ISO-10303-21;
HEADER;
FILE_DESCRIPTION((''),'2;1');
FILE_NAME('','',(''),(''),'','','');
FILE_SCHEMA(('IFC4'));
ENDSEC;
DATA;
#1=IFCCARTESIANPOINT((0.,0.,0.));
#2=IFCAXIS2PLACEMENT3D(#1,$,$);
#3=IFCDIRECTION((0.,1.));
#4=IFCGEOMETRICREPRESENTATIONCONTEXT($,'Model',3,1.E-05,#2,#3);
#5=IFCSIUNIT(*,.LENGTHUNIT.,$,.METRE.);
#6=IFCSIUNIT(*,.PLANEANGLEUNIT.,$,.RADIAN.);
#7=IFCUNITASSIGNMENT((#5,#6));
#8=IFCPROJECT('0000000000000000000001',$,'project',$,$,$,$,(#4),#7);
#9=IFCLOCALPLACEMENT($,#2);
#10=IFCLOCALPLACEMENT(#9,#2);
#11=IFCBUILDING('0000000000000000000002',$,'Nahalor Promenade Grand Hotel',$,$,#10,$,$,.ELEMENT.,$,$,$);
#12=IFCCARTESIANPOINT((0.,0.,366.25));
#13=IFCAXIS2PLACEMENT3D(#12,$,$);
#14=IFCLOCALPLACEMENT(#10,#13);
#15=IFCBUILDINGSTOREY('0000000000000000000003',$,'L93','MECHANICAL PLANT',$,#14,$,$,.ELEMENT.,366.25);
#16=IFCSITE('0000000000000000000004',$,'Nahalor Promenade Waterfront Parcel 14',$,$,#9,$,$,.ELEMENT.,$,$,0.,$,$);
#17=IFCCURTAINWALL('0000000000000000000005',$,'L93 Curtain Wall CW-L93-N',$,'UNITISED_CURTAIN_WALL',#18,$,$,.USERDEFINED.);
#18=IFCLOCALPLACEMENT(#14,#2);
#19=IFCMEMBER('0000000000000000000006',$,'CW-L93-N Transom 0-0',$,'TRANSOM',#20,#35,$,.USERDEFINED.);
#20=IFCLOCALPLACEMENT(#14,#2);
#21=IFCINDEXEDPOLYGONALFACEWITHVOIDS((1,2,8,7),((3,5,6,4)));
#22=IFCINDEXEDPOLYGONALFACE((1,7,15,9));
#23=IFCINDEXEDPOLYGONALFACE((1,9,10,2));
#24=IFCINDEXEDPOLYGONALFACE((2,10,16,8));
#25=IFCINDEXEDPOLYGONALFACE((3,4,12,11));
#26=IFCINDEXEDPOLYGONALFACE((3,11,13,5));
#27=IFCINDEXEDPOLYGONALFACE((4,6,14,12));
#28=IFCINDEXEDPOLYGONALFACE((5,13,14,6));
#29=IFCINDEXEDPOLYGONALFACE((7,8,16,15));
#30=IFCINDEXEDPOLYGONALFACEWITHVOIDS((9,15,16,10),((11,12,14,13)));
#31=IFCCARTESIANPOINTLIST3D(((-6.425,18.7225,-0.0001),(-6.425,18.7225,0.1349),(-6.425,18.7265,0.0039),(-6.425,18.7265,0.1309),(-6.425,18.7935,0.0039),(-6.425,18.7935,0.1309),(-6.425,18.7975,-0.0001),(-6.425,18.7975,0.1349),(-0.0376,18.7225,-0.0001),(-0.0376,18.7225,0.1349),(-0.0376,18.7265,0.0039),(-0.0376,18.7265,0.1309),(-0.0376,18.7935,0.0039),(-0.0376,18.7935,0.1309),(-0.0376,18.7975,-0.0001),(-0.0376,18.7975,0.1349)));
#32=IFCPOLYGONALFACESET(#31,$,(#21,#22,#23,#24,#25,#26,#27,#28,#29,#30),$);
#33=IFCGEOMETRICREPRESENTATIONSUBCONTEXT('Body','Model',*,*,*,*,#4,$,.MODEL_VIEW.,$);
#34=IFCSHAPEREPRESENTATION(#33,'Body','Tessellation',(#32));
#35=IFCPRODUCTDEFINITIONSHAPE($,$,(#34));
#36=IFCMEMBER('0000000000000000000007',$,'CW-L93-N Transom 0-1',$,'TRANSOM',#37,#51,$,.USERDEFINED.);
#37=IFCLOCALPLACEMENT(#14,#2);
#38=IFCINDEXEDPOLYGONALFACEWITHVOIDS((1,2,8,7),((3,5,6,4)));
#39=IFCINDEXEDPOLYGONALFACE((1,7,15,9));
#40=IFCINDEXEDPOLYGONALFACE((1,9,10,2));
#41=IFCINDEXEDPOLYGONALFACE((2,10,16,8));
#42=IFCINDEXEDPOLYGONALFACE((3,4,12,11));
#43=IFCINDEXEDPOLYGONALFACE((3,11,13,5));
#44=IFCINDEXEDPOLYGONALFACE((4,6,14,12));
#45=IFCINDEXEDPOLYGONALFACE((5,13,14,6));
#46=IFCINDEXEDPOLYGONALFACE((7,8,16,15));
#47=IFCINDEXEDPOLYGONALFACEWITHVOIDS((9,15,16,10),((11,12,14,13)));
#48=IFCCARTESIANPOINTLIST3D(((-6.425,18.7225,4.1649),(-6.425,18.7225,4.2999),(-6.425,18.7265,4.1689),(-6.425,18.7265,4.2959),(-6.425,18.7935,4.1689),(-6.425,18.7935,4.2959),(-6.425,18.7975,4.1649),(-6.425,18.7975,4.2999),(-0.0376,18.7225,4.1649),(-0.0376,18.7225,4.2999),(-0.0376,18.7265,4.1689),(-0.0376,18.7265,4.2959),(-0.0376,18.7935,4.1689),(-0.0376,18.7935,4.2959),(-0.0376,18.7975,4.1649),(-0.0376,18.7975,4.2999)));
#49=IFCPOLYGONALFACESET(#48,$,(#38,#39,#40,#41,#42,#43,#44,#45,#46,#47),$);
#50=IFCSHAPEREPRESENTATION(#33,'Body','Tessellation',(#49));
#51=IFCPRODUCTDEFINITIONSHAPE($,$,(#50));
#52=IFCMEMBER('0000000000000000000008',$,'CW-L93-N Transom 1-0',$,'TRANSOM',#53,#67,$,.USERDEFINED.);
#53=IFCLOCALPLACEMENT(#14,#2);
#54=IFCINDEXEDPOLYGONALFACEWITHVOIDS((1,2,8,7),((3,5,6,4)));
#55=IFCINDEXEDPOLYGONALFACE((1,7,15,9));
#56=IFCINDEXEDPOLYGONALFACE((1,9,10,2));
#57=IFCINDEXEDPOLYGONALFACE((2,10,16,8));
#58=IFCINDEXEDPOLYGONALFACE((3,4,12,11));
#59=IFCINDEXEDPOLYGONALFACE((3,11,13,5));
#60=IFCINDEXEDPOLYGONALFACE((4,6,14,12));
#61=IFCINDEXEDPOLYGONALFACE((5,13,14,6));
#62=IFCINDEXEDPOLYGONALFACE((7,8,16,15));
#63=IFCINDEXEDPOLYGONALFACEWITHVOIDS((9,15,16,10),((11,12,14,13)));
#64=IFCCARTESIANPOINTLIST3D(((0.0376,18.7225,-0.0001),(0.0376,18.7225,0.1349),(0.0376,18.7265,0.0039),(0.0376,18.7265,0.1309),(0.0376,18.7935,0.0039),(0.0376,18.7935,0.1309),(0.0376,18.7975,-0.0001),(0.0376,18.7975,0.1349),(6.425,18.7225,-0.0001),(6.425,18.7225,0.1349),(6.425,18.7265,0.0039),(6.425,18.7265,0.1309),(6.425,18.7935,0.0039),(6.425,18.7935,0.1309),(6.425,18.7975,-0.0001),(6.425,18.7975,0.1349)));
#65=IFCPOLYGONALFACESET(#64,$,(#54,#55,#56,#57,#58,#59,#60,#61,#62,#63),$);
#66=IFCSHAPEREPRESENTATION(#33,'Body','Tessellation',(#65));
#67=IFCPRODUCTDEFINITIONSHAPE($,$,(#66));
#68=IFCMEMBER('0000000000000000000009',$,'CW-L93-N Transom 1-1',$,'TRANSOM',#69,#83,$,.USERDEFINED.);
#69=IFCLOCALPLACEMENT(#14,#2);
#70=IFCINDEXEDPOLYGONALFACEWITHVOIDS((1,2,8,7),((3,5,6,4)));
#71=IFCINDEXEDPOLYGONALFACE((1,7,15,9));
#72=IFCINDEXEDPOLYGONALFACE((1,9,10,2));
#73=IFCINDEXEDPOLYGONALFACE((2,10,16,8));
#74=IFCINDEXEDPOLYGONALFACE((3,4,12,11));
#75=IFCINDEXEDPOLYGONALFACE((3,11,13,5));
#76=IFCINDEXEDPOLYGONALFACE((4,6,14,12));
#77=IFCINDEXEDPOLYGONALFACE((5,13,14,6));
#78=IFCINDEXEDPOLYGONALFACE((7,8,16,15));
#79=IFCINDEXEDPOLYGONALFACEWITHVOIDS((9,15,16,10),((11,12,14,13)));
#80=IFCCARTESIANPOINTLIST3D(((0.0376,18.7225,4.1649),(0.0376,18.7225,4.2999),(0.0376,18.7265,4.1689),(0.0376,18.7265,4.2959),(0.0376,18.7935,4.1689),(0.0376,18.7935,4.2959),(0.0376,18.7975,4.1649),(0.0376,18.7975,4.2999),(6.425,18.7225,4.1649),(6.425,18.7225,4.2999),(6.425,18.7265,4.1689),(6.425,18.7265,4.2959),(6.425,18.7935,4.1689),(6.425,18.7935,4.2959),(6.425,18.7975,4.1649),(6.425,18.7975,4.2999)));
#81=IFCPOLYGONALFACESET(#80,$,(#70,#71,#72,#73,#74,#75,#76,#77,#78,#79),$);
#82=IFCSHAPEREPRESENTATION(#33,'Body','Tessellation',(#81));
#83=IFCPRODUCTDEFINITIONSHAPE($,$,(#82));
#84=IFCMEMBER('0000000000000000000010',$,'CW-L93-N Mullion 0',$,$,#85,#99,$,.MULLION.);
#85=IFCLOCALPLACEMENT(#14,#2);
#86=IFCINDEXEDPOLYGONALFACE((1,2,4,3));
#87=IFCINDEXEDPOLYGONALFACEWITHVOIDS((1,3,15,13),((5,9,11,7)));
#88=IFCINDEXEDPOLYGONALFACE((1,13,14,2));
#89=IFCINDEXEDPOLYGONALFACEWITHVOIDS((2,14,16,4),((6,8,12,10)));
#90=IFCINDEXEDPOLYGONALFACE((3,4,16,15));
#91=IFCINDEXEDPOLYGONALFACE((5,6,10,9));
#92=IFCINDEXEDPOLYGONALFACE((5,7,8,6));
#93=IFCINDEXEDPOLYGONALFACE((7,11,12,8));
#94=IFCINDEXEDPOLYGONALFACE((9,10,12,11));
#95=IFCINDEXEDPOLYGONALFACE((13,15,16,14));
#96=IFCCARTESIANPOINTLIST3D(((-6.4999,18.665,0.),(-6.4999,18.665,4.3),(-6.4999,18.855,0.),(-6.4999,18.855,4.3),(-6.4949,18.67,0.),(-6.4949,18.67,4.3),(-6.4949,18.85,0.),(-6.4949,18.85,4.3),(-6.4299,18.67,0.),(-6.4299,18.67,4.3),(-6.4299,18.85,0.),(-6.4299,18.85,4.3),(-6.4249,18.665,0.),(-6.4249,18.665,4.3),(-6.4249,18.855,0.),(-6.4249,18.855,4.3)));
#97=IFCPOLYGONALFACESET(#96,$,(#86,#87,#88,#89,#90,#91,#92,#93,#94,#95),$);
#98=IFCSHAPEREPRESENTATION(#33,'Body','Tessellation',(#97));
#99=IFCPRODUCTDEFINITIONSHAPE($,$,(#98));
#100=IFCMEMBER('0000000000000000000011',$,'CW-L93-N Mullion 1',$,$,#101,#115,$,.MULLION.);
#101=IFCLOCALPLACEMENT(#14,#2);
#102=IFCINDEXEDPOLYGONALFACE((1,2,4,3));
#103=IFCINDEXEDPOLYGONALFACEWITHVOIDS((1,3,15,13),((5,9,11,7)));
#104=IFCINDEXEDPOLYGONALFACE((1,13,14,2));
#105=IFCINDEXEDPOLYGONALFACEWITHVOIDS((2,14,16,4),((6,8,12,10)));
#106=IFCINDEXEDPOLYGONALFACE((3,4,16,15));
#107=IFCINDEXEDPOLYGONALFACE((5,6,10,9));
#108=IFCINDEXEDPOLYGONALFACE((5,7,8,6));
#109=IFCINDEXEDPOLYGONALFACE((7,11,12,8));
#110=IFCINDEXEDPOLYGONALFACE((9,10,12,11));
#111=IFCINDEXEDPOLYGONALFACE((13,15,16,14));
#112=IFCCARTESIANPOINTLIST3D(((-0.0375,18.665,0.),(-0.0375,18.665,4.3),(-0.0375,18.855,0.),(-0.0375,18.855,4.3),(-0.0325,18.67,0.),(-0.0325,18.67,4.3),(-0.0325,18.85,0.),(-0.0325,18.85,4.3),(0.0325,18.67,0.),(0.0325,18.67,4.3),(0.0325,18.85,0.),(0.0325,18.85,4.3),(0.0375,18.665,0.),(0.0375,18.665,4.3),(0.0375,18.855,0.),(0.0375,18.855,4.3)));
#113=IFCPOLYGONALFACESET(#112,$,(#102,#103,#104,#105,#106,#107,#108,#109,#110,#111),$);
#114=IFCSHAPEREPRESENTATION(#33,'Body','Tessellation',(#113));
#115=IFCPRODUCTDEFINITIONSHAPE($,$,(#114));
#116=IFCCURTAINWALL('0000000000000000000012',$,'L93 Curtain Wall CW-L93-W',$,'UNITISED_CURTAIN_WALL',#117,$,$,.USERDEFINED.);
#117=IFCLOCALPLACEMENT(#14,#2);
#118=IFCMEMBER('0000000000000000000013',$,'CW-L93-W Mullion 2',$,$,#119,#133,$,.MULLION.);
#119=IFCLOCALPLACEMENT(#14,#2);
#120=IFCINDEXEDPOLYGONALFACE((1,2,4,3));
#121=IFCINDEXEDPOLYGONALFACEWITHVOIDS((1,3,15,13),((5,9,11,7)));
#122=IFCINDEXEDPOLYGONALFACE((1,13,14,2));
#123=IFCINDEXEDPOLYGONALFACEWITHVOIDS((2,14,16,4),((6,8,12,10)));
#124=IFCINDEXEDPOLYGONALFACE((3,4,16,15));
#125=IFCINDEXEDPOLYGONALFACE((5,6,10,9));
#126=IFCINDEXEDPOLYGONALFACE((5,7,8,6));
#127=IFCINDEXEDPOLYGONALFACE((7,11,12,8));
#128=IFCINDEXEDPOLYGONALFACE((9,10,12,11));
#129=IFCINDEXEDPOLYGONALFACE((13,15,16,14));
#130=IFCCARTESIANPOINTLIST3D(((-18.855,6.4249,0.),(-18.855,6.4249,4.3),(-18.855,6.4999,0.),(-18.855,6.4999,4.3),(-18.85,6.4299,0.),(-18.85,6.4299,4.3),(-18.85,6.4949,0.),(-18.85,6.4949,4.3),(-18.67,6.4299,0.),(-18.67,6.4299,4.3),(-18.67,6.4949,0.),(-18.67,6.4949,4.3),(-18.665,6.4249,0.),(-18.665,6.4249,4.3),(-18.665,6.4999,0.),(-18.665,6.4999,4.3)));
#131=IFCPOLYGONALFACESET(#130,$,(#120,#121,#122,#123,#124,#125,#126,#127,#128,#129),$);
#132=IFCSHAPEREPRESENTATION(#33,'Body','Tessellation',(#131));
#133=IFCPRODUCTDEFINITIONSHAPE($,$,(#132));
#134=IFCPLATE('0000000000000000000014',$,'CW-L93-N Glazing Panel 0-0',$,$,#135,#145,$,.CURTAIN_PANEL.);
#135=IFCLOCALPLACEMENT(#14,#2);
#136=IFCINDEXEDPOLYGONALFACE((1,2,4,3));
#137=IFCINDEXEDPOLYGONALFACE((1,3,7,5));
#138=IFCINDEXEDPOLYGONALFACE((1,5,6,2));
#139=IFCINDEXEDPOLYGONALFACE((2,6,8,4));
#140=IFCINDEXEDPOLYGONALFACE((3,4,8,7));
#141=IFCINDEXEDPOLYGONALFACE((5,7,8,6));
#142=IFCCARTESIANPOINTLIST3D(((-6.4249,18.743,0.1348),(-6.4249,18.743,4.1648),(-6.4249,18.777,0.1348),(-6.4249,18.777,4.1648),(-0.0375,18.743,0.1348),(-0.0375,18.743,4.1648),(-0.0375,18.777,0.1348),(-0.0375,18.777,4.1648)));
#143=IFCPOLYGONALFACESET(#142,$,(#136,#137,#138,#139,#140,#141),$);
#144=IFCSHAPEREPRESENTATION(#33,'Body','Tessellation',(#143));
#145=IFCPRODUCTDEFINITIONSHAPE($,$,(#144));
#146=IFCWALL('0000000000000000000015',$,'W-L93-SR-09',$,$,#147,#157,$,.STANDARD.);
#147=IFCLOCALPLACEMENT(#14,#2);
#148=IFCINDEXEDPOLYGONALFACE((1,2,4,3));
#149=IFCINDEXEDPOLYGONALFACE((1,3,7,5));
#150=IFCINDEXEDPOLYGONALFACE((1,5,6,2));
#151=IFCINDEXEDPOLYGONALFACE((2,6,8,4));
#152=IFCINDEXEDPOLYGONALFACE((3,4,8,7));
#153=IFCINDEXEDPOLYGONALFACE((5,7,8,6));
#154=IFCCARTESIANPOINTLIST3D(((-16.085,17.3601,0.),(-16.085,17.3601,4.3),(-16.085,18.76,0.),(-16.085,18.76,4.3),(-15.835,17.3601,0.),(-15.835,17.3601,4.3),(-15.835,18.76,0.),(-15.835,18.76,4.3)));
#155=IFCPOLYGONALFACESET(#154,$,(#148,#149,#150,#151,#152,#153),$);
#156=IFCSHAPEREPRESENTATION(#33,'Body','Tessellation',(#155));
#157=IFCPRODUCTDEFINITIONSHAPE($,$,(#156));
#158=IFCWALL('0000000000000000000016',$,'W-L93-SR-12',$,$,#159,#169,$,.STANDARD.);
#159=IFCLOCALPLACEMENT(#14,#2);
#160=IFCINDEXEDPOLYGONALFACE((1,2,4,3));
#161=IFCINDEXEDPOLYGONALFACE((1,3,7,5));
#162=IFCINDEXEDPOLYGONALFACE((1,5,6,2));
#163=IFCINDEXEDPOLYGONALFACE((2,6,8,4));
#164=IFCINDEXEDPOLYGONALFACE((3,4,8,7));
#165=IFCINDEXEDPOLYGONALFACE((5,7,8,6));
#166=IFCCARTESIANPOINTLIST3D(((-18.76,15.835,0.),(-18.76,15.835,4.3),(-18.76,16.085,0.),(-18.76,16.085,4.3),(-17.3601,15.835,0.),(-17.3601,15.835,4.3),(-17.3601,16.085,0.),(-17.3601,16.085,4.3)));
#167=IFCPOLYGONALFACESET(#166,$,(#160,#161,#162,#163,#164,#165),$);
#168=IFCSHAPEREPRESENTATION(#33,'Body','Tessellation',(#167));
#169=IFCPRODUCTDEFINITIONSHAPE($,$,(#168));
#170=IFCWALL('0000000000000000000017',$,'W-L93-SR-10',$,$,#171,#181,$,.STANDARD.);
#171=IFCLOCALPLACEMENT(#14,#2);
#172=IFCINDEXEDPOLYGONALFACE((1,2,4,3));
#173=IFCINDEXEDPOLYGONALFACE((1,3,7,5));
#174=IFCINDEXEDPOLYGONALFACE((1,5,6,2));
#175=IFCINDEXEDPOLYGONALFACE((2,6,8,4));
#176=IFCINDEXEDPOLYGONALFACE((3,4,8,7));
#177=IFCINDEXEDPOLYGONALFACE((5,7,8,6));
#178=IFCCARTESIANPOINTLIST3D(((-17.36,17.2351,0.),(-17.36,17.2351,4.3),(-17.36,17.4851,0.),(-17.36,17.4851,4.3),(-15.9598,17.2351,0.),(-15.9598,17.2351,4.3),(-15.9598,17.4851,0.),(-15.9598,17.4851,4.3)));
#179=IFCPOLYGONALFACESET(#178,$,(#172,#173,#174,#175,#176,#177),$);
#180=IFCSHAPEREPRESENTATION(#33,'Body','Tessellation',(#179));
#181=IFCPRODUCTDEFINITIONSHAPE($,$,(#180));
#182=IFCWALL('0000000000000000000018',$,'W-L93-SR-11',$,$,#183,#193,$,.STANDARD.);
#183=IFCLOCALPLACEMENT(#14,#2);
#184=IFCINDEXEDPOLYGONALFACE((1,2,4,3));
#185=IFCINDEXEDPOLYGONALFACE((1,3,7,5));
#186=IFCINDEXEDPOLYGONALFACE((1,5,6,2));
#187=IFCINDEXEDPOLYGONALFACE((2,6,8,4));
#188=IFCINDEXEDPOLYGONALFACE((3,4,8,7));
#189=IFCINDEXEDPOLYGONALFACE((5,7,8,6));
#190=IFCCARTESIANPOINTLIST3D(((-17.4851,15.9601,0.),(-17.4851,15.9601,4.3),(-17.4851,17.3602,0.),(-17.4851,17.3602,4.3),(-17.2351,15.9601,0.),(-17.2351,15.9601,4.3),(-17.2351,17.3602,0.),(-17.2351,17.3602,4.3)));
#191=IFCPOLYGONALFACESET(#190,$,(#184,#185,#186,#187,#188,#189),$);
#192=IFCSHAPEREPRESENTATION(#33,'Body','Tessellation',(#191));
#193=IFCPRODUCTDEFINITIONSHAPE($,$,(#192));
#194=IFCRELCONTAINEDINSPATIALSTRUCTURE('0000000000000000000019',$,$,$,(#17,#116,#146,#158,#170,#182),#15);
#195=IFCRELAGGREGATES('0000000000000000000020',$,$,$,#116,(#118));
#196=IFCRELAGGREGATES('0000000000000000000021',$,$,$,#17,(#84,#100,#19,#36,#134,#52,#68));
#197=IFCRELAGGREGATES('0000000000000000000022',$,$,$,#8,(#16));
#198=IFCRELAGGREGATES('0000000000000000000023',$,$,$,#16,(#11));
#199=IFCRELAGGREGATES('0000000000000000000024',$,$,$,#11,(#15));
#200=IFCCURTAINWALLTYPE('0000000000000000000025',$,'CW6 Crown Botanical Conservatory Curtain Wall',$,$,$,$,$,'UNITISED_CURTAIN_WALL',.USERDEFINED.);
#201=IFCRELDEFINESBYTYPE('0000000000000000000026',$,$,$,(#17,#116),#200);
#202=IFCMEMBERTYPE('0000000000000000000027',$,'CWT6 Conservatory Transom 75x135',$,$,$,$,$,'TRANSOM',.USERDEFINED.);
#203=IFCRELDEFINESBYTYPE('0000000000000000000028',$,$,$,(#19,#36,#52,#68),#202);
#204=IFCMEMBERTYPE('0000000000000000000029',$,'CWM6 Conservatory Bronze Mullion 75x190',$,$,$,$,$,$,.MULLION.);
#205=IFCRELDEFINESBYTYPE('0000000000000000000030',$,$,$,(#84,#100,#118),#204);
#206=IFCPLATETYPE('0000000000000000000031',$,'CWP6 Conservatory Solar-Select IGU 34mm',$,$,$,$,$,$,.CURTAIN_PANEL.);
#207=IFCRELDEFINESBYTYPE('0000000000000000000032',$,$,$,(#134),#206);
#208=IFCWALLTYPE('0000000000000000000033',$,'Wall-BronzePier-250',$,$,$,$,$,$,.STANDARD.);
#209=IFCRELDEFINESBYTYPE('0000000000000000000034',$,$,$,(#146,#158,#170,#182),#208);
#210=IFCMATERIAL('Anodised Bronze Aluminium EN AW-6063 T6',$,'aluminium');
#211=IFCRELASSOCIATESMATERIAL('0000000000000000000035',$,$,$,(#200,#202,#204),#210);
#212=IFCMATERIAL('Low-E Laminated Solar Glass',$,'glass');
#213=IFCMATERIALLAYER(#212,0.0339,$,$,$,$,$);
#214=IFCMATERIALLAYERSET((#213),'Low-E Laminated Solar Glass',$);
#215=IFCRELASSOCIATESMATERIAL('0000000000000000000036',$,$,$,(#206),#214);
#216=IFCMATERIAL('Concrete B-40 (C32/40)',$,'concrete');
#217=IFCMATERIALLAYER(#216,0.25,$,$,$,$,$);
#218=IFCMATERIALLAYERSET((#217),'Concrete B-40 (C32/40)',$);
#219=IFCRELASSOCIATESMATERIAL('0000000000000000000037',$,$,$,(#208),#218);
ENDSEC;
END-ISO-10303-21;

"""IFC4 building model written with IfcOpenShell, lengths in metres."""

from ifc_helpers import new_model, si_unit, direction, frame, frame_2d, origin, origin_2d, place, context, subcontext, project, spatial, rectangle, hollow_rectangle, extrude, source, transform, mapped, material, layer, layer_set, material_profile, profile_set, type_object, element, aggregate, save


model = new_model("IFC4")

# Units and contexts
model_context = context("Model", 3, precision=1e-05, world=origin(), true_north=direction((0.0, 1.0)))
body_context = subcontext(model_context, "Body", "Model", "MODEL_VIEW")
ifc_project = project(units=[si_unit("LENGTHUNIT", "METRE"), si_unit("PLANEANGLEUNIT", "RADIAN")], contexts=[model_context])

# Site, building, storey
site_placement = place(None, origin())
site = spatial("IfcSite", under=ifc_project, at=site_placement, Name="Nahalor Promenade Waterfront Parcel 14", CompositionType="ELEMENT", RefElevation=0.0)
building_placement = place(site_placement, origin())
building = spatial("IfcBuilding", under=site, at=building_placement, Name="Nahalor Promenade Grand Hotel", CompositionType="ELEMENT")
storey_placement = place(building_placement, frame((0.0, 0.0, 366.25)))
storey = spatial("IfcBuildingStorey", under=building, at=storey_placement, Name="L93", Description="MECHANICAL PLANT", CompositionType="ELEMENT", Elevation=366.25)

# Curtain wall, members
ifc_material_1 = material(Name="Anodised Bronze Aluminium EN AW-6063 T6", Category="aluminium")
curtain_wall_type = type_object("IfcCurtainWallType", Name="CW6 Crown Botanical Conservatory Curtain Wall", ElementType="UNITISED_CURTAIN_WALL", PredefinedType="USERDEFINED", material=ifc_material_1)
curtain_wall_1_placement = place(storey_placement, origin())
curtain_wall_1 = element("IfcCurtainWall", 1, at=curtain_wall_1_placement, inside=storey, type_object=curtain_wall_type, Name="L93 Curtain Wall CW-L93-N", ObjectType="UNITISED_CURTAIN_WALL", PredefinedType="USERDEFINED")
ifc_material_profile_1 = material_profile(ifc_material_1, hollow_rectangle(XDim=0.075, YDim=0.135, WallThickness=0.004, at=origin_2d()), Name="CWT 75x135x4")
ifc_profile_set_1 = profile_set([ifc_material_profile_1], Name="Anodised Bronze Aluminium EN AW-6063 T6")
member_type_1 = type_object("IfcMemberType", Name="CWT6 Conservatory Transom 75x135", ElementType="TRANSOM", PredefinedType="USERDEFINED", material=ifc_profile_set_1)
shared_shape_1 = source(origin(), body_context, "Body", "SweptSolid", [
    extrude(hollow_rectangle(XDim=0.075, YDim=0.135, WallThickness=0.004, at=origin_2d()), origin(), (0.0, 0.0, 1.0), 6.3875),
])
member_1_placement = place(storey_placement, frame((-6.425, 18.76, 0.0674), z_axis=(1.0, 0.0, 0.0), x_axis=(0.0, 1.0, 0.0)))
member_1 = element("IfcMember", 2, at=member_1_placement, type_object=member_type_1, Name="CW-L93-N Transom 0-0", ObjectType="TRANSOM", PredefinedType="USERDEFINED", context=body_context, shape_type="MappedRepresentation", body=[
    mapped(shared_shape_1, transform((0.0, 0.0, 0.0), scale=1.0)),
])
member_2_placement = place(storey_placement, frame((-6.425, 18.76, 4.2324), z_axis=(1.0, 0.0, 0.0), x_axis=(0.0, 1.0, 0.0)))
member_2 = element("IfcMember", 3, at=member_2_placement, type_object=member_type_1, Name="CW-L93-N Transom 0-1", ObjectType="TRANSOM", PredefinedType="USERDEFINED", context=body_context, shape_type="MappedRepresentation", body=[
    mapped(shared_shape_1, transform((0.0, 0.0, 0.0), scale=1.0)),
])
member_3_placement = place(storey_placement, frame((0.0376, 18.76, 0.0674), z_axis=(1.0, 0.0, 0.0), x_axis=(0.0, 1.0, 0.0)))
member_3 = element("IfcMember", 4, at=member_3_placement, type_object=member_type_1, Name="CW-L93-N Transom 1-0", ObjectType="TRANSOM", PredefinedType="USERDEFINED", context=body_context, shape_type="MappedRepresentation", body=[
    mapped(shared_shape_1, transform((0.0, 0.0, 0.0), scale=1.0)),
])
member_4_placement = place(storey_placement, frame((0.0376, 18.76, 4.2324), z_axis=(1.0, 0.0, 0.0), x_axis=(0.0, 1.0, 0.0)))
member_4 = element("IfcMember", 5, at=member_4_placement, type_object=member_type_1, Name="CW-L93-N Transom 1-1", ObjectType="TRANSOM", PredefinedType="USERDEFINED", context=body_context, shape_type="MappedRepresentation", body=[
    mapped(shared_shape_1, transform((0.0, 0.0, 0.0), scale=1.0)),
])
ifc_material_profile_2 = material_profile(ifc_material_1, hollow_rectangle(XDim=0.075, YDim=0.19, WallThickness=0.005, at=origin_2d()), Name="CWM 75x190x5")
ifc_profile_set_2 = profile_set([ifc_material_profile_2], Name="Anodised Bronze Aluminium EN AW-6063 T6")
member_type_2 = type_object("IfcMemberType", Name="CWM6 Conservatory Bronze Mullion 75x190", PredefinedType="MULLION", material=ifc_profile_set_2)
shared_shape_2 = source(origin(), body_context, "Body", "SweptSolid", [
    extrude(hollow_rectangle(XDim=0.075, YDim=0.19, WallThickness=0.005, at=origin_2d()), origin(), (0.0, 0.0, 1.0), 4.3),
])
member_5_placement = place(storey_placement, frame((-6.4624, 18.76, 0.0), z_axis=(0.0, 0.0, 1.0), x_axis=(1.0, 0.0, 0.0)))
member_5 = element("IfcMember", 6, at=member_5_placement, type_object=member_type_2, Name="CW-L93-N Mullion 0", PredefinedType="MULLION", context=body_context, shape_type="MappedRepresentation", body=[
    mapped(shared_shape_2, transform((0.0, 0.0, 0.0), scale=1.0)),
])
member_6_placement = place(storey_placement, frame((0.0, 18.76, 0.0), z_axis=(0.0, 0.0, 1.0), x_axis=(1.0, 0.0, 0.0)))
member_6 = element("IfcMember", 7, at=member_6_placement, type_object=member_type_2, Name="CW-L93-N Mullion 1", PredefinedType="MULLION", context=body_context, shape_type="MappedRepresentation", body=[
    mapped(shared_shape_2, transform((0.0, 0.0, 0.0), scale=1.0)),
])

# Curtain wall, member
curtain_wall_2_placement = place(storey_placement, origin())
curtain_wall_2 = element("IfcCurtainWall", 8, at=curtain_wall_2_placement, inside=storey, type_object=curtain_wall_type, Name="L93 Curtain Wall CW-L93-W", ObjectType="UNITISED_CURTAIN_WALL", PredefinedType="USERDEFINED")
member_7_placement = place(storey_placement, frame((-18.76, 6.4624, 0.0), z_axis=(0.0, 0.0, 1.0), x_axis=(0.0, 1.0, 0.0)))
member_7 = element("IfcMember", 9, at=member_7_placement, type_object=member_type_2, Name="CW-L93-W Mullion 2", PredefinedType="MULLION", context=body_context, shape_type="MappedRepresentation", body=[
    mapped(shared_shape_2, transform((0.0, 0.0, 0.0), scale=1.0)),
])
aggregate(curtain_wall_2, [member_7])

# Plate
ifc_material_2 = material(Name="Low-E Laminated Solar Glass", Category="glass")
ifc_layer_1 = layer(ifc_material_2, 0.0339)
ifc_layer_set_1 = layer_set([ifc_layer_1], Name="Low-E Laminated Solar Glass")
plate_type = type_object("IfcPlateType", Name="CWP6 Conservatory Solar-Select IGU 34mm", PredefinedType="CURTAIN_PANEL", material=ifc_layer_set_1)
shared_shape_3 = source(origin(), body_context, "Body", "SweptSolid", [
    extrude(rectangle(XDim=6.3875, YDim=0.0339, at=origin_2d()), origin(), (0.0, 0.0, 1.0), 4.03),
])
plate_placement = place(storey_placement, frame((-3.2312, 18.76, 0.1348), z_axis=(0.0, 0.0, 1.0), x_axis=(1.0, 0.0, 0.0)))
plate = element("IfcPlate", 10, at=plate_placement, type_object=plate_type, Name="CW-L93-N Glazing Panel 0-0", PredefinedType="CURTAIN_PANEL", context=body_context, shape_type="MappedRepresentation", body=[
    mapped(shared_shape_3, transform((0.0, 0.0, 0.0), scale=1.0)),
])
aggregate(curtain_wall_1, [member_5, member_6, member_1, member_2, plate, member_3, member_4])

# Walls
ifc_material_3 = material(Name="Concrete B-40 (C32/40)", Category="concrete")
ifc_layer_2 = layer(ifc_material_3, 0.25)
ifc_layer_set_2 = layer_set([ifc_layer_2], Name="Concrete B-40 (C32/40)")
wall_type_1 = type_object("IfcWallType", Name="Wall-BronzePier-250", PredefinedType="STANDARD", material=ifc_layer_set_2)
shared_shape_4 = source(origin(), body_context, "Body", "SweptSolid", [
    extrude(rectangle(XDim=1.3999, YDim=0.25, at=frame_2d((0.7, 0.0))), origin(), (0.0, 0.0, 1.0), 4.3),
])
for number, where, z_axis, x_axis, name in (
    (11, (-15.96, 17.3601, 0.0), (0.0, 0.0, 1.0), (0.0, 1.0, 0.0), "W-L93-SR-09"),
    (12, (-18.76, 15.96, 0.0), (0.0, 0.0, 1.0), (1.0, 0.0, 0.0), "W-L93-SR-12"),
):
    element("IfcWall", number, at=place(storey_placement, frame(where, z_axis=z_axis, x_axis=x_axis)), inside=storey, type_object=wall_type_1, Name=name, PredefinedType="STANDARD", context=body_context, shape_type="MappedRepresentation", body=[
        mapped(shared_shape_4, transform((0.0, 0.0, 0.0), scale=1.0)),
    ])
shared_shape_5 = source(origin(), body_context, "Body", "SweptSolid", [
    extrude(rectangle(XDim=1.4001, YDim=0.25, at=frame_2d((0.7002, 0.0))), origin(), (0.0, 0.0, 1.0), 4.3),
])
for number, where, z_axis, x_axis, name in (
    (13, (-17.3601, 17.3601, 0.0), (0.0, 0.0, 1.0), (1.0, 0.0, 0.0), "W-L93-SR-10"),
    (14, (-17.3601, 15.96, 0.0), (0.0, 0.0, 1.0), (0.0, 1.0, 0.0), "W-L93-SR-11"),
):
    element("IfcWall", number, at=place(storey_placement, frame(where, z_axis=z_axis, x_axis=x_axis)), inside=storey, type_object=wall_type_1, Name=name, PredefinedType="STANDARD", context=body_context, shape_type="MappedRepresentation", body=[
        mapped(shared_shape_5, transform((0.0, 0.0, 0.0), scale=1.0)),
    ])

save(model, "model.ifc")
